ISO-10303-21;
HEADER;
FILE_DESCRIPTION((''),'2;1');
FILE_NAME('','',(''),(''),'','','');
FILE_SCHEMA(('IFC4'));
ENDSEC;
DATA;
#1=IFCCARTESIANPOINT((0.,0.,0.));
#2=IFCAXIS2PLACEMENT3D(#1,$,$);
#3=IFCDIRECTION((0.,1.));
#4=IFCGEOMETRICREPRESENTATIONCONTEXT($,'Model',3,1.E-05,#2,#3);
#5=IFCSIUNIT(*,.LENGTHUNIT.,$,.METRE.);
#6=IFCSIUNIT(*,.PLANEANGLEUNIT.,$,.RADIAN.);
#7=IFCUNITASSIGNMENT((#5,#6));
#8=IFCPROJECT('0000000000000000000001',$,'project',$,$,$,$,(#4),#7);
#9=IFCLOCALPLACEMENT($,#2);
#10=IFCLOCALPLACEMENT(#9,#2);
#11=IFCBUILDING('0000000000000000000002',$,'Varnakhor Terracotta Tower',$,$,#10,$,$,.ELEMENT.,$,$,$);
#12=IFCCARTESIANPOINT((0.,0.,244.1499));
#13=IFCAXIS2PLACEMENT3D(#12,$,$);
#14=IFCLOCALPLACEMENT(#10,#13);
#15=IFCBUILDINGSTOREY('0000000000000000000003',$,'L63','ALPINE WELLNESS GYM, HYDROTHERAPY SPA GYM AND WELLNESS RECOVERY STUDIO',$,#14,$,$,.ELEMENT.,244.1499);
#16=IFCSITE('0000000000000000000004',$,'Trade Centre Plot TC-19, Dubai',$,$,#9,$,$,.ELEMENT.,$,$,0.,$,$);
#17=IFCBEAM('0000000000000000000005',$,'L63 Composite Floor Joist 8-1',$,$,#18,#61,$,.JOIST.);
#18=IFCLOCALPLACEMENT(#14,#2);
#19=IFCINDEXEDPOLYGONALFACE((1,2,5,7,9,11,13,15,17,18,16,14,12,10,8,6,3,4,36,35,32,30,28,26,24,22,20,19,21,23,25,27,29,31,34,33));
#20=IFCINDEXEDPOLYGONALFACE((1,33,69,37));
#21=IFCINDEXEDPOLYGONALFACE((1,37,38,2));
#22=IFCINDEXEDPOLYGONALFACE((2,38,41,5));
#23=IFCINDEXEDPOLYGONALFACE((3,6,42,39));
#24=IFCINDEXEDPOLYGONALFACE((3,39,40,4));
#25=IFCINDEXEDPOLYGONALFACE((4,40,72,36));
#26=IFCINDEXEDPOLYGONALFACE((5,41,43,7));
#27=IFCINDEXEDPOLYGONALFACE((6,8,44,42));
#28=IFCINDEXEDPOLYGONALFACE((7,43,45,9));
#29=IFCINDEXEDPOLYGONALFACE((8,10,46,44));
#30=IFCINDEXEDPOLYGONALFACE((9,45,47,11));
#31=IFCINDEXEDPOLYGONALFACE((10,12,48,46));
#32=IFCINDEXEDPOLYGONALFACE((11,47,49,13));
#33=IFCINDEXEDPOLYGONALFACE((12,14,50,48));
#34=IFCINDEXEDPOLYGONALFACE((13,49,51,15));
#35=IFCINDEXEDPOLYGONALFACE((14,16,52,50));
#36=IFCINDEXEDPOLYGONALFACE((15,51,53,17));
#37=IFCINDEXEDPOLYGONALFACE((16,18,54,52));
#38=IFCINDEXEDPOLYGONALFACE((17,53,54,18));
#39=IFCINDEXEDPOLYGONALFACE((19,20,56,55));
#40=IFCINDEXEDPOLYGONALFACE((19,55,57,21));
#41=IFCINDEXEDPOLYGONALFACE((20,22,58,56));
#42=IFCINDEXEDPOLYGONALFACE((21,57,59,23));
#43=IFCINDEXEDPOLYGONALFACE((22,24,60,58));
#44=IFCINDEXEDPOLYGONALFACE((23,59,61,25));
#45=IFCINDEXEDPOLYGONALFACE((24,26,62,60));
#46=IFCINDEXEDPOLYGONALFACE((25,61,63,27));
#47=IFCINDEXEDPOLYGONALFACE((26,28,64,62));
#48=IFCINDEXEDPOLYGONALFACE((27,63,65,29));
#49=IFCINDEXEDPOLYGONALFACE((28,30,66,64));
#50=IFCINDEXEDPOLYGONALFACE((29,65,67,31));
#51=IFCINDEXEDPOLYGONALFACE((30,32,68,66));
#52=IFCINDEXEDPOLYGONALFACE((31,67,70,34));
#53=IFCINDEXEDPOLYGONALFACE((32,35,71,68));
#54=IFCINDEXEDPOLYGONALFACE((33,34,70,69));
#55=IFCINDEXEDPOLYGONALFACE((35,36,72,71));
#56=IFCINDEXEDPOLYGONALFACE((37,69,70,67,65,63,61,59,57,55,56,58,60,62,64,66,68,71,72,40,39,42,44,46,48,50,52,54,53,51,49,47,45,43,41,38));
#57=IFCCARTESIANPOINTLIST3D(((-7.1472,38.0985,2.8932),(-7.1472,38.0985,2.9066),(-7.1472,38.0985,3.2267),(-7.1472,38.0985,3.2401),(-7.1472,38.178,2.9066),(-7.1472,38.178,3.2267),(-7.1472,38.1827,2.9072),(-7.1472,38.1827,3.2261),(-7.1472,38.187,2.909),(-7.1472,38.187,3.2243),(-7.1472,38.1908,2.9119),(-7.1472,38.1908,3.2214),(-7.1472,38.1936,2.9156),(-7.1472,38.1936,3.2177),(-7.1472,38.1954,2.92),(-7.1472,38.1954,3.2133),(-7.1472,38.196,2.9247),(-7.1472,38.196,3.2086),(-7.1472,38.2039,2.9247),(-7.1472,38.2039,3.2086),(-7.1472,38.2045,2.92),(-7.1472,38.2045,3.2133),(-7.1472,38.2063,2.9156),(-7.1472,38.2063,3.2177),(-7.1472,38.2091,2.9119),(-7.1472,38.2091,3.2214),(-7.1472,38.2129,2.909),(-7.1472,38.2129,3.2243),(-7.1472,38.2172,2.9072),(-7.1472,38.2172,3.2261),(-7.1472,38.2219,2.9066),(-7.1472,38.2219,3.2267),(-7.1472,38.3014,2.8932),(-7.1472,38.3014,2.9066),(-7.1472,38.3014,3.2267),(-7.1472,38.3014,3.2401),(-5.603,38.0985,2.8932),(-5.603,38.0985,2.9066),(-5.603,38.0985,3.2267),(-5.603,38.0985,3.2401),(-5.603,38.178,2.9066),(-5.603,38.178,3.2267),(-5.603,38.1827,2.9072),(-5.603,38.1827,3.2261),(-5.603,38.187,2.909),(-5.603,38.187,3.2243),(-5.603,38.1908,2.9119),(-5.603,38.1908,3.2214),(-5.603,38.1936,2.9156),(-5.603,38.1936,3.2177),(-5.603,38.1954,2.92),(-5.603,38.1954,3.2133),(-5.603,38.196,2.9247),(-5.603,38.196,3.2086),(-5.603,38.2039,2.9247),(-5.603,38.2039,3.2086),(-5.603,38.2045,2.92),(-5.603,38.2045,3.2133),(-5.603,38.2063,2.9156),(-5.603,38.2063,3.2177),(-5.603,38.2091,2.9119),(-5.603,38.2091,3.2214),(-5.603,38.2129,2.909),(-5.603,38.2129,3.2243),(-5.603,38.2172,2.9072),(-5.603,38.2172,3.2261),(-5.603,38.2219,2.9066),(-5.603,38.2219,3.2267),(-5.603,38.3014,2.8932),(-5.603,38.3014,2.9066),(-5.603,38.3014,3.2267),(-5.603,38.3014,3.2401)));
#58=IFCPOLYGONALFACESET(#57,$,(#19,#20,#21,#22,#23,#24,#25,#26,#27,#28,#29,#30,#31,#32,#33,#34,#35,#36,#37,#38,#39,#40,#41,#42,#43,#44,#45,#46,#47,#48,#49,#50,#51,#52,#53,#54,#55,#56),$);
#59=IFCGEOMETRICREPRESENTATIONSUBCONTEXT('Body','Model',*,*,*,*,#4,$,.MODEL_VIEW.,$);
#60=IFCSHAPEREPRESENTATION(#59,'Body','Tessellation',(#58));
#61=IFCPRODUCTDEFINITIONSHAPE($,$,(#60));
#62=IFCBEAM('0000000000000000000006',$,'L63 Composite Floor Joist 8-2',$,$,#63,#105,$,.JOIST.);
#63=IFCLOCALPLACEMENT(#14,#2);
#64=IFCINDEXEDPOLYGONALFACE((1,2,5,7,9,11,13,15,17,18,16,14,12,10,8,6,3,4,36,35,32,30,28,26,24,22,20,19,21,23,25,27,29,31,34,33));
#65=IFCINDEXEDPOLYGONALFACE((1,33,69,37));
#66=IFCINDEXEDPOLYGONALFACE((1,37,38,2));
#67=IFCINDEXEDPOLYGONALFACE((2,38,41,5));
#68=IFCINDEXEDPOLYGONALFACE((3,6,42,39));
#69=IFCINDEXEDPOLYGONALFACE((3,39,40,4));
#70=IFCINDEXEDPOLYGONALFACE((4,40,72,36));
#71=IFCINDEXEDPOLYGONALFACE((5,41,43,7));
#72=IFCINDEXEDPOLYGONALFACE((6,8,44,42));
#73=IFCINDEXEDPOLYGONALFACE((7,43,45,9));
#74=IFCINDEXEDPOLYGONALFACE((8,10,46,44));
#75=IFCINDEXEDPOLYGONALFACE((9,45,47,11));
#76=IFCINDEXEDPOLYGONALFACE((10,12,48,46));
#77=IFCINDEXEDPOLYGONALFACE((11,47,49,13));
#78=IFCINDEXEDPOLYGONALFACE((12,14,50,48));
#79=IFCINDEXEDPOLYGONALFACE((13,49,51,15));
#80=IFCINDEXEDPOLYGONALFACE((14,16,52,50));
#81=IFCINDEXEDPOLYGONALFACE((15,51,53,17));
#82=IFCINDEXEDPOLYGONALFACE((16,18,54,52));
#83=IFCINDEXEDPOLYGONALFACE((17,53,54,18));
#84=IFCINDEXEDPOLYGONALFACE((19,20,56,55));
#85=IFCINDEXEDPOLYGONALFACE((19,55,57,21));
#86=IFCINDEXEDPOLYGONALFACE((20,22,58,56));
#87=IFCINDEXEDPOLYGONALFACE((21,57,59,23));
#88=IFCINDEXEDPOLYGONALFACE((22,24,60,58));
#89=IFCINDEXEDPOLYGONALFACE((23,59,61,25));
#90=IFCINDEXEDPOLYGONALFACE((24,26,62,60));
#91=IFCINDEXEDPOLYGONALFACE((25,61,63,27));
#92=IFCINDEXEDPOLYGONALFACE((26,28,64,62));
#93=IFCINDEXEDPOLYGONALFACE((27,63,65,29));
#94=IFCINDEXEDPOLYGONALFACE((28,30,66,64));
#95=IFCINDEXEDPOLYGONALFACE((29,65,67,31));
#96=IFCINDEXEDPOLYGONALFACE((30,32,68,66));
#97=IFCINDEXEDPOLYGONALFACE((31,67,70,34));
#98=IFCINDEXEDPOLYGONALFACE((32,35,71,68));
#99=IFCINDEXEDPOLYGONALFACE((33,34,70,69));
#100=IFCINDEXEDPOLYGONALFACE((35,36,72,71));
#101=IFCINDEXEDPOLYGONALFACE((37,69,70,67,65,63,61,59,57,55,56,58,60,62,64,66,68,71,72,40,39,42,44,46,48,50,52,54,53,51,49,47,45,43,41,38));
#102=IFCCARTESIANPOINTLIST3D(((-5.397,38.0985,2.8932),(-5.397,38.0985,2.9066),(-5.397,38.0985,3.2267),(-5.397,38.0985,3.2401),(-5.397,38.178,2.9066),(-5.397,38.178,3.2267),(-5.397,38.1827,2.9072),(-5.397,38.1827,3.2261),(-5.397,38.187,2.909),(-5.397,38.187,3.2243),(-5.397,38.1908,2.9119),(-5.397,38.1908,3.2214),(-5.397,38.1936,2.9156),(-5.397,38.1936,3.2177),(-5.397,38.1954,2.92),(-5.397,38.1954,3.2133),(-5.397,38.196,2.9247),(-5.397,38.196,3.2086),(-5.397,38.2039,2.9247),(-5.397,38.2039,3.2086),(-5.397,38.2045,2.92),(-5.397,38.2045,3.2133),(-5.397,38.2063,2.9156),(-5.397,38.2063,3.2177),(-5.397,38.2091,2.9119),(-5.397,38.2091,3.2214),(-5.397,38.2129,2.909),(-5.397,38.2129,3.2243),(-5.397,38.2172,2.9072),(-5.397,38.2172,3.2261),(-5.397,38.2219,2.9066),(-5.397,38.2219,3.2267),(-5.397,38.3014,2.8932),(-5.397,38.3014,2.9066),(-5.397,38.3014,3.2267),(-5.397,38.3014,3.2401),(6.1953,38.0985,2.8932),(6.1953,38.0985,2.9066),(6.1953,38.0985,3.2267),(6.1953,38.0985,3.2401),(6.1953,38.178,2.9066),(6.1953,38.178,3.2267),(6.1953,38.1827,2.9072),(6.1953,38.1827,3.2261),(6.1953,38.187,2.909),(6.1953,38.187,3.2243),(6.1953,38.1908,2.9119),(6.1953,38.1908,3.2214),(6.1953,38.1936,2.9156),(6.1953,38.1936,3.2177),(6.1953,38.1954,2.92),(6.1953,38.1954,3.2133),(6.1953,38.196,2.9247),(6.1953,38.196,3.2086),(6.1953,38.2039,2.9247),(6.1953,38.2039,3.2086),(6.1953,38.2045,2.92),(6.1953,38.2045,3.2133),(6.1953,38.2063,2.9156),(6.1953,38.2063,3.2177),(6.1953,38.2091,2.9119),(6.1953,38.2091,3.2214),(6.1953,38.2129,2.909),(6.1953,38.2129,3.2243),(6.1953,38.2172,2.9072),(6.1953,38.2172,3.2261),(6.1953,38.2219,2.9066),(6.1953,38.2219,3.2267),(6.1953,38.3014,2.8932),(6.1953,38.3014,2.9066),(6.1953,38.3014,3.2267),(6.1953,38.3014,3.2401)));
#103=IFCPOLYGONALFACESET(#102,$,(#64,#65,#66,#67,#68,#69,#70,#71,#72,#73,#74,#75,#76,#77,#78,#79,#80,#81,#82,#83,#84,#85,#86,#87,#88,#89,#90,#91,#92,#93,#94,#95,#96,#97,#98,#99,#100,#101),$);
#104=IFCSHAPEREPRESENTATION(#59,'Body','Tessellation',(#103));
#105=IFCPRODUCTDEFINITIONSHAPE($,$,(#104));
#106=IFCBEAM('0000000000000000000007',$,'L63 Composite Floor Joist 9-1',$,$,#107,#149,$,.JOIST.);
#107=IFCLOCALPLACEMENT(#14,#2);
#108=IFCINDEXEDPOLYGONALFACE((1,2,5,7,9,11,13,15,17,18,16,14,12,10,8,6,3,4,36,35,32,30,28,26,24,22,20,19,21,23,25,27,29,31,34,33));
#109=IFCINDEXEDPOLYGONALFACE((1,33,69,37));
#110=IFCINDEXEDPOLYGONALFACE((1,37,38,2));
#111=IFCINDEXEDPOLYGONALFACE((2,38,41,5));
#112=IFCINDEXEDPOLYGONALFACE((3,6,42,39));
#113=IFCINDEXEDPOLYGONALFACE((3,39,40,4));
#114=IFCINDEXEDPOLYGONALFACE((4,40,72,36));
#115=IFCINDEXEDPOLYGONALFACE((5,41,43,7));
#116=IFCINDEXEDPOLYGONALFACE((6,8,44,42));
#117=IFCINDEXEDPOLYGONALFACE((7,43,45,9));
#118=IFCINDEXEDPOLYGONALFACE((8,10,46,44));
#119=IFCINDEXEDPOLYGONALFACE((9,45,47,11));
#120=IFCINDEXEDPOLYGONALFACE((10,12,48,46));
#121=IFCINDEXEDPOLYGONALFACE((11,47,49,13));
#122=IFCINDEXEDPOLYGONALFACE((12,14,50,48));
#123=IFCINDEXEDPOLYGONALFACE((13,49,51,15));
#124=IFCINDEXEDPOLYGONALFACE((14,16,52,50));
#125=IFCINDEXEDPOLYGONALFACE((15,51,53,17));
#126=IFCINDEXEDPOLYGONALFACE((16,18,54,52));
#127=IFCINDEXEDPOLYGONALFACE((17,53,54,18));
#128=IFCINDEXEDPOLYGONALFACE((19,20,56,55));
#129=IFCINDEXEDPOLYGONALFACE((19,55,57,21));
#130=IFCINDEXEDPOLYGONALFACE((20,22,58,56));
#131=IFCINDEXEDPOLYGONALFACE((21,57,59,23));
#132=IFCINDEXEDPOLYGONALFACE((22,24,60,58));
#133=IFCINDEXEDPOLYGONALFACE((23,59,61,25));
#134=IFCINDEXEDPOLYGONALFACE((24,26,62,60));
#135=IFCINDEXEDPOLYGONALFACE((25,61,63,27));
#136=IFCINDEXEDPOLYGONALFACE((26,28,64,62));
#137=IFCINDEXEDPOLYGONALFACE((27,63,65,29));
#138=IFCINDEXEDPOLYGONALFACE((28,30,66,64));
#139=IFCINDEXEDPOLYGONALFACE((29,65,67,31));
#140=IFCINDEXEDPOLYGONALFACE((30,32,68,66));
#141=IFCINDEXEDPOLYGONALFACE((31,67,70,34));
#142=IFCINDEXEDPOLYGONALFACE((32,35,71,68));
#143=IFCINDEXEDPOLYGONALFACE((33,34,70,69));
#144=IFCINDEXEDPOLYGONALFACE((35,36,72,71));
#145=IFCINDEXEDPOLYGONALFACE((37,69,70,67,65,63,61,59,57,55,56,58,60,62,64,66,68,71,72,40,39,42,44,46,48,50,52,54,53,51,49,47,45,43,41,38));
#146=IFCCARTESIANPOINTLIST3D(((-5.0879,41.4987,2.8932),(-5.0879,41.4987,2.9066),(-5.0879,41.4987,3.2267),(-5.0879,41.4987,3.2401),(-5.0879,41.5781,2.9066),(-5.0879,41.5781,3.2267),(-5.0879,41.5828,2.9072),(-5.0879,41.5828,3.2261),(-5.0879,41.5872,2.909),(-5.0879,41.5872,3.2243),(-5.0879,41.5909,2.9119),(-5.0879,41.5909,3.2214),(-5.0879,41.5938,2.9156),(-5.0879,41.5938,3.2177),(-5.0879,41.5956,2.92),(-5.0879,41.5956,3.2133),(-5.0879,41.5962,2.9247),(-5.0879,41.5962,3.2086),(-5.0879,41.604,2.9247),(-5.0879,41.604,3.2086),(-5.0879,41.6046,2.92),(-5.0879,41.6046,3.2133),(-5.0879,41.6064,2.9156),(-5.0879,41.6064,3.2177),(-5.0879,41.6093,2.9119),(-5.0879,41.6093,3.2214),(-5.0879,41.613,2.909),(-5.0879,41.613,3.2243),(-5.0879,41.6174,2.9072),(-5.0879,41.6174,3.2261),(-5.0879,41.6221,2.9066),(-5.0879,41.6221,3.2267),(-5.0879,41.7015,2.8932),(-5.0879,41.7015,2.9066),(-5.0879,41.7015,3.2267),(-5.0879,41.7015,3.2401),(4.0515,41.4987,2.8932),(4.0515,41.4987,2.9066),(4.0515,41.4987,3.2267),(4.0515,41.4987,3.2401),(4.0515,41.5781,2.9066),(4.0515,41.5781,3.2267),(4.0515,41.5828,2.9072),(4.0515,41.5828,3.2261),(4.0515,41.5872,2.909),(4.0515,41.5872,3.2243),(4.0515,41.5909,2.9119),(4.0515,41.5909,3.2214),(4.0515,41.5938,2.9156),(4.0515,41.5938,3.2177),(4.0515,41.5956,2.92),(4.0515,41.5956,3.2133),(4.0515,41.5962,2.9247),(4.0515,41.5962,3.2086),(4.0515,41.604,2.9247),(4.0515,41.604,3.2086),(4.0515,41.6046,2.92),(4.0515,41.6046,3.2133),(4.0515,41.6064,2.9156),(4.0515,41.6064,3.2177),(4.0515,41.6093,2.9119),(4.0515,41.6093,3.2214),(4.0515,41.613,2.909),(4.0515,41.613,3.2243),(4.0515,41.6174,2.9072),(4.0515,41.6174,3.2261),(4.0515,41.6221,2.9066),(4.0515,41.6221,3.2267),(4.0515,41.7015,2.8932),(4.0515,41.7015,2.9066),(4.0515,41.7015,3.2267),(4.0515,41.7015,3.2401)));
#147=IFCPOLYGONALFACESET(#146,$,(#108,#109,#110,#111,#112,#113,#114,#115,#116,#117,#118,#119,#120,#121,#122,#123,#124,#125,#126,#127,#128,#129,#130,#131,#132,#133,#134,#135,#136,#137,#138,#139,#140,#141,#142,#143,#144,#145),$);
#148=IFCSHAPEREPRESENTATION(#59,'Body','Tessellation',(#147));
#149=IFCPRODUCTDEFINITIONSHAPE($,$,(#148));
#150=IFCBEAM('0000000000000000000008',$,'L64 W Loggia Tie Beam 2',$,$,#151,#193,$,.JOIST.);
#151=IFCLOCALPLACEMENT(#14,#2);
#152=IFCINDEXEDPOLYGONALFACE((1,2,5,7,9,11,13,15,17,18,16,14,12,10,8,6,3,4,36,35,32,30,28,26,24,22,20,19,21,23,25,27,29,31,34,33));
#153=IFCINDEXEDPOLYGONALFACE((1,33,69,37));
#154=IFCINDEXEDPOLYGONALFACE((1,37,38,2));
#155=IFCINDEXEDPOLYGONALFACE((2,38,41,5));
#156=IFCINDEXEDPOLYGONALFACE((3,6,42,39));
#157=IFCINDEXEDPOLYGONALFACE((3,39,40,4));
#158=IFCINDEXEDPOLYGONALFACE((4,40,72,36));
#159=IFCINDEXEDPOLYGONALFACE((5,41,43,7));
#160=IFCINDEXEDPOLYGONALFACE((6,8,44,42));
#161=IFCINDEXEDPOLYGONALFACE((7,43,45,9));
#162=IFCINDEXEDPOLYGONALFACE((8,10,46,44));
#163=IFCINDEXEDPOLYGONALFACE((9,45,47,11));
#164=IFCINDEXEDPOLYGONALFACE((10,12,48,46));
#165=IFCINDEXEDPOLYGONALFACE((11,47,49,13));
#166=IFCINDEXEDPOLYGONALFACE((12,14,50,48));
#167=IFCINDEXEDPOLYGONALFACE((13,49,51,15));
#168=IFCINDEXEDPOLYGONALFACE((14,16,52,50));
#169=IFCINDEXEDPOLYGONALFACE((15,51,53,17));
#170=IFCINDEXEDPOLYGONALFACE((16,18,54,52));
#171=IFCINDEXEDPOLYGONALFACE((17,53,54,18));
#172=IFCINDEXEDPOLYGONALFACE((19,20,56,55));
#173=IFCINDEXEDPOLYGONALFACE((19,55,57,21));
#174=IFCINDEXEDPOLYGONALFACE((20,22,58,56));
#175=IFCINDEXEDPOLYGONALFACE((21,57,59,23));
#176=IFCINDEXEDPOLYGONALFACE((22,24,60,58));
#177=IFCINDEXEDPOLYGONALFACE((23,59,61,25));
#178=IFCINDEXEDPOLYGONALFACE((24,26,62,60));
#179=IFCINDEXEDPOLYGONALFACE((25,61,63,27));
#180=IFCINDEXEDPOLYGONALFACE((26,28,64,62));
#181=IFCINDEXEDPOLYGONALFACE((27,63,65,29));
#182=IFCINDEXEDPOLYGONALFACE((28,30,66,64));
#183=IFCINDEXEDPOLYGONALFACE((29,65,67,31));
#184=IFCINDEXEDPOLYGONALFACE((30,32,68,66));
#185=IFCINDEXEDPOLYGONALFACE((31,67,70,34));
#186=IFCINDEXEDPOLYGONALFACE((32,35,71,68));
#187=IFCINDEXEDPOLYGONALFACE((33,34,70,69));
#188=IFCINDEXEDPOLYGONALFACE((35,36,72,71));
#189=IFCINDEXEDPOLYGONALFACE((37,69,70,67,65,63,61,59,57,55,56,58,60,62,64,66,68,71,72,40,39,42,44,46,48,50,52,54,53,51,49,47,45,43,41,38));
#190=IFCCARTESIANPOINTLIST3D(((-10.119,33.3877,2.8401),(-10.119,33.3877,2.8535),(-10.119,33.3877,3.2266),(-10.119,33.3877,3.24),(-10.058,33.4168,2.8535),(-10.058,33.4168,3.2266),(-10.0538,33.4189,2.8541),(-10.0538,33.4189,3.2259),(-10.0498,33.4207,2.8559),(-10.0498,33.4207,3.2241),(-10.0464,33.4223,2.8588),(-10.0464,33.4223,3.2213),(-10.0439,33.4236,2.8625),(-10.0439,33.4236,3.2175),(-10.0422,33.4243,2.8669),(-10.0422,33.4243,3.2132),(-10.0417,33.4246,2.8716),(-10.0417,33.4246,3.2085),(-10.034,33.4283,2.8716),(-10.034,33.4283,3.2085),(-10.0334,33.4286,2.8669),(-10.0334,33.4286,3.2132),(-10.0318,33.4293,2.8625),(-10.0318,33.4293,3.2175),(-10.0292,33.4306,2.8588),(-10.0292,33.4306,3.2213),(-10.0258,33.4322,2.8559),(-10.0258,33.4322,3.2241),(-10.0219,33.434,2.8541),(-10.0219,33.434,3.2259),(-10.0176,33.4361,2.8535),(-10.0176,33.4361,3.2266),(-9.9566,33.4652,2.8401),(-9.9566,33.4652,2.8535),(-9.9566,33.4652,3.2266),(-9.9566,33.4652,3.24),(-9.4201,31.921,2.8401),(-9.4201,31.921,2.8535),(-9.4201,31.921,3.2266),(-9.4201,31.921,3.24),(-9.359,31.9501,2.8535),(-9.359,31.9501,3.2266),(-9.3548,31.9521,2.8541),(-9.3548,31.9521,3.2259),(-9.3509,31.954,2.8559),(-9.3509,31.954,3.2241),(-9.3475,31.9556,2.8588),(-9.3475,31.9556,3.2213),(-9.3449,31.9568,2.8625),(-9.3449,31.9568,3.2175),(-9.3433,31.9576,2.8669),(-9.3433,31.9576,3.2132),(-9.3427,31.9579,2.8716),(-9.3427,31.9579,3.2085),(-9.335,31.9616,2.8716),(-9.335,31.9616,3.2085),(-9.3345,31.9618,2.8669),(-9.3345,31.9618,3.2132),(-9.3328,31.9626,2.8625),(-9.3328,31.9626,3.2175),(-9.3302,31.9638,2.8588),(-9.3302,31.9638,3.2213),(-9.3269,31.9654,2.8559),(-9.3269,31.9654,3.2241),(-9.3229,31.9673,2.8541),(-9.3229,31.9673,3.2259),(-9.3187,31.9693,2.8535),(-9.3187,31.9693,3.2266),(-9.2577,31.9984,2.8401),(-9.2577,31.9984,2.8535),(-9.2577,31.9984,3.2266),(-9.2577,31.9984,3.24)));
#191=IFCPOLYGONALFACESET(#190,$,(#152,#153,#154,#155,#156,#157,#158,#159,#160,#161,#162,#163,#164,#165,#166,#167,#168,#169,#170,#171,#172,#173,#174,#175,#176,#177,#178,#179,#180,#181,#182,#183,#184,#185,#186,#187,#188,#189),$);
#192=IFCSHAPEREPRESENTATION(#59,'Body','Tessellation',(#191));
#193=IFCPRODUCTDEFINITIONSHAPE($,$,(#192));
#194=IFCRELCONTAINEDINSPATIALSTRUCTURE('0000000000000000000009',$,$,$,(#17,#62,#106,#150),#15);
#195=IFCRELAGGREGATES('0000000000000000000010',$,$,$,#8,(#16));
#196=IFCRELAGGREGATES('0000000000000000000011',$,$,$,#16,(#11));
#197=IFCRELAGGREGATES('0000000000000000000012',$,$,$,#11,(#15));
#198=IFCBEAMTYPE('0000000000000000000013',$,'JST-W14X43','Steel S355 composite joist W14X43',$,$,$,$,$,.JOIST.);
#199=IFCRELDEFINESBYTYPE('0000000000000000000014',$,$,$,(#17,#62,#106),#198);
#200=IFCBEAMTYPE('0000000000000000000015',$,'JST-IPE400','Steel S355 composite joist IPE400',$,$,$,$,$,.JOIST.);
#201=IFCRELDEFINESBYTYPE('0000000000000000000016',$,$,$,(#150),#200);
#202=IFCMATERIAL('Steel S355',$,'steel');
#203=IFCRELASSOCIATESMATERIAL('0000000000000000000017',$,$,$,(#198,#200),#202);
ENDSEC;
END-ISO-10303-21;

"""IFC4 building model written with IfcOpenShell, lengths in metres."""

from ifc_helpers import new_model, si_unit, direction, frame, origin, origin_2d, place, context, subcontext, project, spatial, i_section, extrude, source, transform, mapped, material, material_profile, profile_set, type_object, element, save


model = new_model("IFC4")

# Units and contexts
model_context = context("Model", 3, precision=1e-05, world=origin(), true_north=direction((0.0, 1.0)))
body_context = subcontext(model_context, "Body", "Model", "MODEL_VIEW")
ifc_project = project(units=[si_unit("LENGTHUNIT", "METRE"), si_unit("PLANEANGLEUNIT", "RADIAN")], contexts=[model_context])

# Site, building, storey
site_placement = place(None, origin())
site = spatial("IfcSite", under=ifc_project, at=site_placement, Name="Trade Centre Plot TC-19, Dubai", CompositionType="ELEMENT", RefElevation=0.0)
building_placement = place(site_placement, origin())
building = spatial("IfcBuilding", under=site, at=building_placement, Name="Varnakhor Terracotta Tower", CompositionType="ELEMENT")
storey_placement = place(building_placement, frame((0.0, 0.0, 244.1499)))
storey = spatial("IfcBuildingStorey", under=building, at=storey_placement, Name="L63", Description="ALPINE WELLNESS GYM, HYDROTHERAPY SPA GYM AND WELLNESS RECOVERY STUDIO", CompositionType="ELEMENT", Elevation=244.1499)

# Beams
ifc_material_1 = material(Name="Steel S355", Category="steel")
ifc_material_profile_1 = material_profile(ifc_material_1, i_section(OverallWidth=0.2029, OverallDepth=0.3469, WebThickness=0.0078, FlangeThickness=0.0134, FilletRadius=0.0181, at=origin_2d()), Name="W14X43")
ifc_profile_set_1 = profile_set([ifc_material_profile_1], Name="Steel S355")
beam_type_1 = type_object("IfcBeamType", Name="JST-W14X43", Description="Steel S355 composite joist W14X43", PredefinedType="JOIST", material=ifc_profile_set_1)
ifc_material_profile_2 = material_profile(ifc_material_1, i_section(OverallWidth=0.1799, OverallDepth=0.3999, WebThickness=0.0085, FlangeThickness=0.0134, FilletRadius=0.0181, at=origin_2d()), Name="IPE400")
ifc_profile_set_2 = profile_set([ifc_material_profile_2], Name="Steel S355")
beam_type_2 = type_object("IfcBeamType", Name="JST-IPE400", Description="Steel S355 composite joist IPE400", PredefinedType="JOIST", material=ifc_profile_set_2)
shared_shape_1 = source(origin(), body_context, "Body", "SweptSolid", [
    extrude(i_section(OverallWidth=0.2029, OverallDepth=0.3469, WebThickness=0.0078, FlangeThickness=0.0134, FilletRadius=0.0181, at=origin_2d()), origin(), (0.0, 0.0, 1.0), 1.5442),
])
beam_1_placement = place(storey_placement, frame((-7.1472, 38.2, 3.0667), z_axis=(1.0, 0.0, 0.0), x_axis=(0.0, 1.0, 0.0)))
element("IfcBeam", 1, at=beam_1_placement, inside=storey, type_object=beam_type_1, Name="L63 Composite Floor Joist 8-1", PredefinedType="JOIST", context=body_context, shape_type="MappedRepresentation", body=[
    mapped(shared_shape_1, transform((0.0, 0.0, 0.0), scale=1.0)),
])
shared_shape_2 = source(origin(), body_context, "Body", "SweptSolid", [
    extrude(i_section(OverallWidth=0.2029, OverallDepth=0.3469, WebThickness=0.0078, FlangeThickness=0.0134, FilletRadius=0.0181, at=origin_2d()), origin(), (0.0, 0.0, 1.0), 11.5923),
])
beam_2_placement = place(storey_placement, frame((-5.397, 38.2, 3.0667), z_axis=(1.0, 0.0, 0.0), x_axis=(0.0, 1.0, 0.0)))
element("IfcBeam", 2, at=beam_2_placement, inside=storey, type_object=beam_type_1, Name="L63 Composite Floor Joist 8-2", PredefinedType="JOIST", context=body_context, shape_type="MappedRepresentation", body=[
    mapped(shared_shape_2, transform((0.0, 0.0, 0.0), scale=1.0)),
])
shared_shape_3 = source(origin(), body_context, "Body", "SweptSolid", [
    extrude(i_section(OverallWidth=0.2029, OverallDepth=0.3469, WebThickness=0.0078, FlangeThickness=0.0134, FilletRadius=0.0181, at=origin_2d()), origin(), (0.0, 0.0, 1.0), 9.1394),
])
beam_3_placement = place(storey_placement, frame((-5.0879, 41.6001, 3.0667), z_axis=(1.0, 0.0, 0.0), x_axis=(0.0, 1.0, 0.0)))
element("IfcBeam", 3, at=beam_3_placement, inside=storey, type_object=beam_type_1, Name="L63 Composite Floor Joist 9-1", PredefinedType="JOIST", context=body_context, shape_type="MappedRepresentation", body=[
    mapped(shared_shape_3, transform((0.0, 0.0, 0.0), scale=1.0)),
])
shared_shape_4 = source(origin(), body_context, "Body", "SweptSolid", [
    extrude(i_section(OverallWidth=0.1799, OverallDepth=0.3999, WebThickness=0.0085, FlangeThickness=0.0134, FilletRadius=0.0181, at=origin_2d()), origin(), (0.0, 0.0, 1.0), 1.6248),
])
beam_4_placement = place(storey_placement, frame((-9.3389, 31.9597, 3.04), z_axis=(-0.430184, 0.902741, 0.0), x_axis=(-0.902741, -0.430184, 0.0)))
element("IfcBeam", 4, at=beam_4_placement, inside=storey, type_object=beam_type_2, Name="L64 W Loggia Tie Beam 2", PredefinedType="JOIST", context=body_context, shape_type="MappedRepresentation", body=[
    mapped(shared_shape_4, transform((0.0, 0.0, 0.0), scale=1.0)),
])

save(model, "model.ifc")
